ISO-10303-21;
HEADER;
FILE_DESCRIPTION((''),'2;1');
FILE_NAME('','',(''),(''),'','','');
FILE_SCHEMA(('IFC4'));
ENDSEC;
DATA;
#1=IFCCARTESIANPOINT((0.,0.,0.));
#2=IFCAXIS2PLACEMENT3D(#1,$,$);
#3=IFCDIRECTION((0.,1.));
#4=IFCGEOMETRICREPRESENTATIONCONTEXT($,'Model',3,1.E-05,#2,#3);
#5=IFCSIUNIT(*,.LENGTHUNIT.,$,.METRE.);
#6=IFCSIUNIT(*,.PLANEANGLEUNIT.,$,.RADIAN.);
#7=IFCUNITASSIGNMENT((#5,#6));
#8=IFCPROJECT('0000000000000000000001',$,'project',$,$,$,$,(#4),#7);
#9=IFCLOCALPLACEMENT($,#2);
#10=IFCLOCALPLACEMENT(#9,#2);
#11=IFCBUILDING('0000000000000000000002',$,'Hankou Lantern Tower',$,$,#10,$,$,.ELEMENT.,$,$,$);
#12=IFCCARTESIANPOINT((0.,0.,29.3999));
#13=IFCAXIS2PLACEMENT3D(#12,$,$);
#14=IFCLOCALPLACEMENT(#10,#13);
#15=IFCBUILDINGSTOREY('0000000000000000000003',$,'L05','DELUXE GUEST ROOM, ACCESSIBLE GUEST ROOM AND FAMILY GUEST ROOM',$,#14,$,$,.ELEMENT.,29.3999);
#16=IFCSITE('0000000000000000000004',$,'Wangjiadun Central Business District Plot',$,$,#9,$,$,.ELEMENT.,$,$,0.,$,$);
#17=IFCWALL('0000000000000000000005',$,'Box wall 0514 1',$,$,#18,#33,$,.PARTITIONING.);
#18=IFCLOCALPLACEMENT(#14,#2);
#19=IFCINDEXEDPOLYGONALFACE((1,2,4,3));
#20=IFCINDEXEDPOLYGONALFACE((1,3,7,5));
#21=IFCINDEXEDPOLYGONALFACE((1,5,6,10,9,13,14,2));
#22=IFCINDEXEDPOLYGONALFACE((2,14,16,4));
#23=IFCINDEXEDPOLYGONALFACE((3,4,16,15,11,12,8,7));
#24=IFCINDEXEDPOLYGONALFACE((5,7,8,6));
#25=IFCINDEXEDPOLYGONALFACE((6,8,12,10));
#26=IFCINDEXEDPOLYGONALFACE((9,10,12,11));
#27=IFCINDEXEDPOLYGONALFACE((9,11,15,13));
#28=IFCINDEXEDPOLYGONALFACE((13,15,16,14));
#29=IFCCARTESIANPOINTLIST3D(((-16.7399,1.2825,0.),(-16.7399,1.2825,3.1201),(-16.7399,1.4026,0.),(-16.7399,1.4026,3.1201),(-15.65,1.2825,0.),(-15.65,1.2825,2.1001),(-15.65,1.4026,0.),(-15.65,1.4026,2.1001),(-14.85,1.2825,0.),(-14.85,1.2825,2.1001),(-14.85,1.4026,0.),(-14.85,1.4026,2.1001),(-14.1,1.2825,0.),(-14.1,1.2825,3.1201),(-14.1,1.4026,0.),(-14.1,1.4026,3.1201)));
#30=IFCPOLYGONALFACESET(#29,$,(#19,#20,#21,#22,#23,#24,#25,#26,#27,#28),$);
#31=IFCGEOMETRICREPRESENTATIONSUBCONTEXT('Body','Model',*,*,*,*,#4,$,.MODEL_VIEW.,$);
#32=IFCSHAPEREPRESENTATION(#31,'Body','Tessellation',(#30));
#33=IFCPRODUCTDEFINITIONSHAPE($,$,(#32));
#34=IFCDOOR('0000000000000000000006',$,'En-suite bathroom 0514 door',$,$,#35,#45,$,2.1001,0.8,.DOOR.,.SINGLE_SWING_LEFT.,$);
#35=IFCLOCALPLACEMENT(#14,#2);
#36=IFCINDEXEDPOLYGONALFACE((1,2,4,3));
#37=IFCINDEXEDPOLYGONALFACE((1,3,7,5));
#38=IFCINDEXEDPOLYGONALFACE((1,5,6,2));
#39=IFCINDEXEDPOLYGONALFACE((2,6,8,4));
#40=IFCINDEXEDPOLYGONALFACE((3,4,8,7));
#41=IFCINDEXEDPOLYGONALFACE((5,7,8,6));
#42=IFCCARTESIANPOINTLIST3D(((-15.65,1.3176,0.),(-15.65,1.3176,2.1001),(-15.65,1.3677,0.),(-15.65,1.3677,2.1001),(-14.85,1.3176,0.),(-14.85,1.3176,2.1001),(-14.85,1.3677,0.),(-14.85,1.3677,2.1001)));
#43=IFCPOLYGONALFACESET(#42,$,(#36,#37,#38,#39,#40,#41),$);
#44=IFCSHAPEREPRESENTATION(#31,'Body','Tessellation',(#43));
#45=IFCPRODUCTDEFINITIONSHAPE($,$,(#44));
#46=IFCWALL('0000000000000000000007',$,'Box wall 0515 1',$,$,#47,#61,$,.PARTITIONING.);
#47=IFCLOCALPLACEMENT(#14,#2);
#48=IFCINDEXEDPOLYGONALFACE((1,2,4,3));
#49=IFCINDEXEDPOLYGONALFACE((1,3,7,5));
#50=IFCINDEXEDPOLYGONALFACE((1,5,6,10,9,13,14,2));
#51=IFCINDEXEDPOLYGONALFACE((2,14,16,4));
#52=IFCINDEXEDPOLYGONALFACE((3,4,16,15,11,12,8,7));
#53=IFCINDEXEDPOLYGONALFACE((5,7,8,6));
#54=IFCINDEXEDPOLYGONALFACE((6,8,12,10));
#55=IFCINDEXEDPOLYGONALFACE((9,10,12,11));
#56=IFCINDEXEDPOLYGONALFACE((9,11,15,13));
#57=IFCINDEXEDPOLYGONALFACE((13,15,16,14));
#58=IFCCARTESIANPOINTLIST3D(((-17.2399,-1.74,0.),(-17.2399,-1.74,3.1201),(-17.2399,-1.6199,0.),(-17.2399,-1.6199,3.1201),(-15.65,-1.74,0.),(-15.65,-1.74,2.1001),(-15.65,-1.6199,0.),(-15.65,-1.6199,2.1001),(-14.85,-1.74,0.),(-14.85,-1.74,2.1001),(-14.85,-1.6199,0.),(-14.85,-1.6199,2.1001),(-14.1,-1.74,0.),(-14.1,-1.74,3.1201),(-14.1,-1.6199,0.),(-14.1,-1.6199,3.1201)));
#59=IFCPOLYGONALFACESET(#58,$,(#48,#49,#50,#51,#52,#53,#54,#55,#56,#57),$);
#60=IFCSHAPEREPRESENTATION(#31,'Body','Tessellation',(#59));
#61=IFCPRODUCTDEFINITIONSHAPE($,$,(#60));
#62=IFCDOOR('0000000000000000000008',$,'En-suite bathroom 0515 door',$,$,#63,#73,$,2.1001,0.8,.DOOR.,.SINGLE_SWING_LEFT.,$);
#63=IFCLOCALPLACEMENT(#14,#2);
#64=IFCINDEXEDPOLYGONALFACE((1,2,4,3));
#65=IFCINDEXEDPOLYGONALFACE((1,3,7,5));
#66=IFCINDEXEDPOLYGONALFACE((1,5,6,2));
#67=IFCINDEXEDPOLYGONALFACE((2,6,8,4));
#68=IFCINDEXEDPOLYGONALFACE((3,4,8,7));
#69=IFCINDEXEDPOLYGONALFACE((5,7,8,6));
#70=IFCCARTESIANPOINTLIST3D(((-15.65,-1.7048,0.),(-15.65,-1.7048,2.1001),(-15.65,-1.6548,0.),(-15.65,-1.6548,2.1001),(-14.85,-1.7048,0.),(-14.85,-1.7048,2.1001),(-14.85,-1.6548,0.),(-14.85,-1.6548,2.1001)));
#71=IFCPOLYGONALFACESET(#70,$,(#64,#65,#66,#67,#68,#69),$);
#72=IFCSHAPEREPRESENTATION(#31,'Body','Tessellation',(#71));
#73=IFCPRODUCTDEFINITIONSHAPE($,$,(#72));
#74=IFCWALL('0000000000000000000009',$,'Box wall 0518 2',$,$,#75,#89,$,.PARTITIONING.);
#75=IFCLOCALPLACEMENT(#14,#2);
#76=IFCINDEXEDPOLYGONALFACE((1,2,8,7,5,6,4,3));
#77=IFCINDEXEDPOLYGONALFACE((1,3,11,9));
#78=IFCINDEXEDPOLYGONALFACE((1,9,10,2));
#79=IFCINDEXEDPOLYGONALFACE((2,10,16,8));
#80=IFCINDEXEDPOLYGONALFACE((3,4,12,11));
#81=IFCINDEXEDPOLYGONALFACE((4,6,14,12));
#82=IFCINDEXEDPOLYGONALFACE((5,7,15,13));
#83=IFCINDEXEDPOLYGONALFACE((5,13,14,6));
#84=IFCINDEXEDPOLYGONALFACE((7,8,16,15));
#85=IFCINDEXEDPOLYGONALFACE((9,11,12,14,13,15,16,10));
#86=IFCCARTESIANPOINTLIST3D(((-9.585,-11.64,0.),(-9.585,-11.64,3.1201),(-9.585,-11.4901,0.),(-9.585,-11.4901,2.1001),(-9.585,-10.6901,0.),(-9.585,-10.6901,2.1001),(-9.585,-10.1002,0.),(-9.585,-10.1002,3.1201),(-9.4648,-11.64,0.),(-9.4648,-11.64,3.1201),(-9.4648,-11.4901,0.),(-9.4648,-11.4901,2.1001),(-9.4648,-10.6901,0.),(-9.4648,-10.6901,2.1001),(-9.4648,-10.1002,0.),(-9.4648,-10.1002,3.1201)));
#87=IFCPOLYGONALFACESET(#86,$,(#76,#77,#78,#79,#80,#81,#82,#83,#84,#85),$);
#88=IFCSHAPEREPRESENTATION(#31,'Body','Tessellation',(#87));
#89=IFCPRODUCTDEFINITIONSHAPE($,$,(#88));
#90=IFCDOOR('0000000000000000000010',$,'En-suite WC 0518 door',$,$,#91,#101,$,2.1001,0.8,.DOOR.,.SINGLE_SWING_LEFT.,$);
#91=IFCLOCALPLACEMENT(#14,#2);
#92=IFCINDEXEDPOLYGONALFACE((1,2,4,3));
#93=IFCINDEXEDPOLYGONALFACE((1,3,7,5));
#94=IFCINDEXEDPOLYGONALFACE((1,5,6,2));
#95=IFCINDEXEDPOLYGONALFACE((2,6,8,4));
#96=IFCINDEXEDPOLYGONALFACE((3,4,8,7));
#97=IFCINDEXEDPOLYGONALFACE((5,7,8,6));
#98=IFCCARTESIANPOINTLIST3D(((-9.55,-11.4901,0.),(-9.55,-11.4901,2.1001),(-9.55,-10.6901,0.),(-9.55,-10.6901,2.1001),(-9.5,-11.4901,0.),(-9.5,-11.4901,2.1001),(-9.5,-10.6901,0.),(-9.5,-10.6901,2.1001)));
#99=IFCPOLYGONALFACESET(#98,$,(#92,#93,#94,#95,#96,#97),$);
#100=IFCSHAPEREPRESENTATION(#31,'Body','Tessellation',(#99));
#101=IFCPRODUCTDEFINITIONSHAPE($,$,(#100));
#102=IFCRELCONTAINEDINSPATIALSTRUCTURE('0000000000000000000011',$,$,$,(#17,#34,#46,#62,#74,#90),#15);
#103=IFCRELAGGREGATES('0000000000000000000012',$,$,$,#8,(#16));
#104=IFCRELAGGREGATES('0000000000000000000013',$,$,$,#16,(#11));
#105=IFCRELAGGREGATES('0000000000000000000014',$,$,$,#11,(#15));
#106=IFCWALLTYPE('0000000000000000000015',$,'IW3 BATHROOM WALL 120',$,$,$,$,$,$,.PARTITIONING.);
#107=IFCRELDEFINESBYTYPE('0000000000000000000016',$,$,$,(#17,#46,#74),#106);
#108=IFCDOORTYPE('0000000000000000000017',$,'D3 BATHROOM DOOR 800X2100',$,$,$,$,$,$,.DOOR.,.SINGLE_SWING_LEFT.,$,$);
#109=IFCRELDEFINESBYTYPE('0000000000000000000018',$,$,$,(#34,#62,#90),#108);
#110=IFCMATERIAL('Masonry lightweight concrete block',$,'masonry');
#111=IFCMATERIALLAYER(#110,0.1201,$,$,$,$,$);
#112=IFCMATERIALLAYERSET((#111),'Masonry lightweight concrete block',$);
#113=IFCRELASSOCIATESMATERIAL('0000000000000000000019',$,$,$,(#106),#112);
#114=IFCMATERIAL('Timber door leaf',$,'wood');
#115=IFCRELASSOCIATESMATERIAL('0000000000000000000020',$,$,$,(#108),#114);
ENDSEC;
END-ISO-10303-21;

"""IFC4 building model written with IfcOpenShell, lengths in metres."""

from ifc_helpers import new_model, si_unit, direction, frame, frame_2d, origin, place, context, subcontext, project, spatial, rectangle, extrude, material, layer, layer_set, type_object, element, fill, save


model = new_model("IFC4")

# Units and contexts
model_context = context("Model", 3, precision=1e-05, world=origin(), true_north=direction((0.0, 1.0)))
body_context = subcontext(model_context, "Body", "Model", "MODEL_VIEW")
ifc_project = project(units=[si_unit("LENGTHUNIT", "METRE"), si_unit("PLANEANGLEUNIT", "RADIAN")], contexts=[model_context])

# Site, building, storey
site_placement = place(None, origin())
site = spatial("IfcSite", under=ifc_project, at=site_placement, Name="Wangjiadun Central Business District Plot", CompositionType="ELEMENT", RefElevation=0.0)
building_placement = place(site_placement, origin())
building = spatial("IfcBuilding", under=site, at=building_placement, Name="Hankou Lantern Tower", CompositionType="ELEMENT")
storey_placement = place(building_placement, frame((0.0, 0.0, 29.3999)))
storey = spatial("IfcBuildingStorey", under=building, at=storey_placement, Name="L05", Description="DELUXE GUEST ROOM, ACCESSIBLE GUEST ROOM AND FAMILY GUEST ROOM", CompositionType="ELEMENT", Elevation=29.3999)

# Walls, openings, doors
ifc_material_1 = material(Name="Masonry lightweight concrete block", Category="masonry")
ifc_layer_1 = layer(ifc_material_1, 0.1201)
ifc_layer_set_1 = layer_set([ifc_layer_1], Name="Masonry lightweight concrete block")
wall_type_1 = type_object("IfcWallType", Name="IW3 BATHROOM WALL 120", PredefinedType="PARTITIONING", material=ifc_layer_set_1)
wall_1_placement = place(storey_placement, frame((-14.1001, 1.3425, 0.0), z_axis=(0.0, 0.0, 1.0), x_axis=(-1.0, 0.0, 0.0)))
wall_1 = element("IfcWall", 1, at=wall_1_placement, inside=storey, type_object=wall_type_1, Name="Box wall 0514 1", PredefinedType="PARTITIONING", context=body_context, shape_type="SweptSolid", body=[
    extrude(rectangle(XDim=2.6399, YDim=0.1201, at=frame_2d((1.3198, 0.0))), origin(), (0.0, 0.0, 1.0), 3.1201),
])
opening_1_placement = place(wall_1_placement, frame((0.75, 0.0, 0.0)))
opening_1 = element("IfcOpeningElement", 2, at=opening_1_placement, cuts=wall_1, PredefinedType="OPENING", context=body_context, shape_type="SweptSolid", body=[
    extrude(rectangle(XDim=0.8, YDim=2.1001, at=frame_2d((0.3999, 1.05))), frame((0.0, 0.0701, 0.0), z_axis=(0.0, -1.0, 0.0), x_axis=(1.0, 0.0, 0.0)), (0.0, 0.0, 1.0), 0.1401),
])
ifc_material_2 = material(Name="Timber door leaf", Category="wood")
door_type_1 = type_object("IfcDoorType", Name="D3 BATHROOM DOOR 800X2100", OperationType="SINGLE_SWING_LEFT", PredefinedType="DOOR", material=ifc_material_2)
door_1_placement = place(opening_1_placement, origin())
door_1 = element("IfcDoor", 3, at=door_1_placement, inside=storey, type_object=door_type_1, Name="En-suite bathroom 0514 door", OperationType="SINGLE_SWING_LEFT", OverallHeight=2.1001, OverallWidth=0.8, PredefinedType="DOOR", context=body_context, shape_type="SweptSolid", body=[
    extrude(rectangle(XDim=0.8, YDim=2.1001, at=frame_2d((0.3999, 1.05))), frame((0.0, 0.0249, 0.0), z_axis=(0.0, -1.0, 0.0), x_axis=(1.0, 0.0, 0.0)), (0.0, 0.0, 1.0), 0.05),
])
fill(opening_1, door_1)
wall_2_placement = place(storey_placement, frame((-14.1001, -1.6799, 0.0), z_axis=(0.0, 0.0, 1.0), x_axis=(-1.0, 0.0, 0.0)))
wall_2 = element("IfcWall", 4, at=wall_2_placement, inside=storey, type_object=wall_type_1, Name="Box wall 0515 1", PredefinedType="PARTITIONING", context=body_context, shape_type="SweptSolid", body=[
    extrude(rectangle(XDim=3.1399, YDim=0.1201, at=frame_2d((1.5698, 0.0))), origin(), (0.0, 0.0, 1.0), 3.1201),
])
opening_2_placement = place(wall_2_placement, frame((0.75, 0.0, 0.0)))
opening_2 = element("IfcOpeningElement", 5, at=opening_2_placement, cuts=wall_2, PredefinedType="OPENING", context=body_context, shape_type="SweptSolid", body=[
    extrude(rectangle(XDim=0.8, YDim=2.1001, at=frame_2d((0.3999, 1.05))), frame((0.0, 0.0701, 0.0), z_axis=(0.0, -1.0, 0.0), x_axis=(1.0, 0.0, 0.0)), (0.0, 0.0, 1.0), 0.1401),
])
door_2_placement = place(opening_2_placement, origin())
door_2 = element("IfcDoor", 6, at=door_2_placement, inside=storey, type_object=door_type_1, Name="En-suite bathroom 0515 door", OperationType="SINGLE_SWING_LEFT", OverallHeight=2.1001, OverallWidth=0.8, PredefinedType="DOOR", context=body_context, shape_type="SweptSolid", body=[
    extrude(rectangle(XDim=0.8, YDim=2.1001, at=frame_2d((0.3999, 1.05))), frame((0.0, 0.0249, 0.0), z_axis=(0.0, -1.0, 0.0), x_axis=(1.0, 0.0, 0.0)), (0.0, 0.0, 1.0), 0.05),
])
fill(opening_2, door_2)
wall_3_placement = place(storey_placement, frame((-9.5249, -10.1001, 0.0), z_axis=(0.0, 0.0, 1.0), x_axis=(0.0, -1.0, 0.0)))
wall_3 = element("IfcWall", 7, at=wall_3_placement, inside=storey, type_object=wall_type_1, Name="Box wall 0518 2", PredefinedType="PARTITIONING", context=body_context, shape_type="SweptSolid", body=[
    extrude(rectangle(XDim=1.5398, YDim=0.1201, at=frame_2d((0.77, 0.0))), origin(), (0.0, 0.0, 1.0), 3.1201),
])
opening_3_placement = place(wall_3_placement, frame((0.5901, 0.0, 0.0)))
opening_3 = element("IfcOpeningElement", 8, at=opening_3_placement, cuts=wall_3, PredefinedType="OPENING", context=body_context, shape_type="SweptSolid", body=[
    extrude(rectangle(XDim=0.8, YDim=2.1001, at=frame_2d((0.3999, 1.05))), frame((0.0, 0.0701, 0.0), z_axis=(0.0, -1.0, 0.0), x_axis=(1.0, 0.0, 0.0)), (0.0, 0.0, 1.0), 0.1401),
])
door_3_placement = place(opening_3_placement, origin())
door_3 = element("IfcDoor", 9, at=door_3_placement, inside=storey, type_object=door_type_1, Name="En-suite WC 0518 door", OperationType="SINGLE_SWING_LEFT", OverallHeight=2.1001, OverallWidth=0.8, PredefinedType="DOOR", context=body_context, shape_type="SweptSolid", body=[
    extrude(rectangle(XDim=0.8, YDim=2.1001, at=frame_2d((0.3999, 1.05))), frame((0.0, 0.0249, 0.0), z_axis=(0.0, -1.0, 0.0), x_axis=(1.0, 0.0, 0.0)), (0.0, 0.0, 1.0), 0.05),
])
fill(opening_3, door_3)

save(model, "model.ifc")
